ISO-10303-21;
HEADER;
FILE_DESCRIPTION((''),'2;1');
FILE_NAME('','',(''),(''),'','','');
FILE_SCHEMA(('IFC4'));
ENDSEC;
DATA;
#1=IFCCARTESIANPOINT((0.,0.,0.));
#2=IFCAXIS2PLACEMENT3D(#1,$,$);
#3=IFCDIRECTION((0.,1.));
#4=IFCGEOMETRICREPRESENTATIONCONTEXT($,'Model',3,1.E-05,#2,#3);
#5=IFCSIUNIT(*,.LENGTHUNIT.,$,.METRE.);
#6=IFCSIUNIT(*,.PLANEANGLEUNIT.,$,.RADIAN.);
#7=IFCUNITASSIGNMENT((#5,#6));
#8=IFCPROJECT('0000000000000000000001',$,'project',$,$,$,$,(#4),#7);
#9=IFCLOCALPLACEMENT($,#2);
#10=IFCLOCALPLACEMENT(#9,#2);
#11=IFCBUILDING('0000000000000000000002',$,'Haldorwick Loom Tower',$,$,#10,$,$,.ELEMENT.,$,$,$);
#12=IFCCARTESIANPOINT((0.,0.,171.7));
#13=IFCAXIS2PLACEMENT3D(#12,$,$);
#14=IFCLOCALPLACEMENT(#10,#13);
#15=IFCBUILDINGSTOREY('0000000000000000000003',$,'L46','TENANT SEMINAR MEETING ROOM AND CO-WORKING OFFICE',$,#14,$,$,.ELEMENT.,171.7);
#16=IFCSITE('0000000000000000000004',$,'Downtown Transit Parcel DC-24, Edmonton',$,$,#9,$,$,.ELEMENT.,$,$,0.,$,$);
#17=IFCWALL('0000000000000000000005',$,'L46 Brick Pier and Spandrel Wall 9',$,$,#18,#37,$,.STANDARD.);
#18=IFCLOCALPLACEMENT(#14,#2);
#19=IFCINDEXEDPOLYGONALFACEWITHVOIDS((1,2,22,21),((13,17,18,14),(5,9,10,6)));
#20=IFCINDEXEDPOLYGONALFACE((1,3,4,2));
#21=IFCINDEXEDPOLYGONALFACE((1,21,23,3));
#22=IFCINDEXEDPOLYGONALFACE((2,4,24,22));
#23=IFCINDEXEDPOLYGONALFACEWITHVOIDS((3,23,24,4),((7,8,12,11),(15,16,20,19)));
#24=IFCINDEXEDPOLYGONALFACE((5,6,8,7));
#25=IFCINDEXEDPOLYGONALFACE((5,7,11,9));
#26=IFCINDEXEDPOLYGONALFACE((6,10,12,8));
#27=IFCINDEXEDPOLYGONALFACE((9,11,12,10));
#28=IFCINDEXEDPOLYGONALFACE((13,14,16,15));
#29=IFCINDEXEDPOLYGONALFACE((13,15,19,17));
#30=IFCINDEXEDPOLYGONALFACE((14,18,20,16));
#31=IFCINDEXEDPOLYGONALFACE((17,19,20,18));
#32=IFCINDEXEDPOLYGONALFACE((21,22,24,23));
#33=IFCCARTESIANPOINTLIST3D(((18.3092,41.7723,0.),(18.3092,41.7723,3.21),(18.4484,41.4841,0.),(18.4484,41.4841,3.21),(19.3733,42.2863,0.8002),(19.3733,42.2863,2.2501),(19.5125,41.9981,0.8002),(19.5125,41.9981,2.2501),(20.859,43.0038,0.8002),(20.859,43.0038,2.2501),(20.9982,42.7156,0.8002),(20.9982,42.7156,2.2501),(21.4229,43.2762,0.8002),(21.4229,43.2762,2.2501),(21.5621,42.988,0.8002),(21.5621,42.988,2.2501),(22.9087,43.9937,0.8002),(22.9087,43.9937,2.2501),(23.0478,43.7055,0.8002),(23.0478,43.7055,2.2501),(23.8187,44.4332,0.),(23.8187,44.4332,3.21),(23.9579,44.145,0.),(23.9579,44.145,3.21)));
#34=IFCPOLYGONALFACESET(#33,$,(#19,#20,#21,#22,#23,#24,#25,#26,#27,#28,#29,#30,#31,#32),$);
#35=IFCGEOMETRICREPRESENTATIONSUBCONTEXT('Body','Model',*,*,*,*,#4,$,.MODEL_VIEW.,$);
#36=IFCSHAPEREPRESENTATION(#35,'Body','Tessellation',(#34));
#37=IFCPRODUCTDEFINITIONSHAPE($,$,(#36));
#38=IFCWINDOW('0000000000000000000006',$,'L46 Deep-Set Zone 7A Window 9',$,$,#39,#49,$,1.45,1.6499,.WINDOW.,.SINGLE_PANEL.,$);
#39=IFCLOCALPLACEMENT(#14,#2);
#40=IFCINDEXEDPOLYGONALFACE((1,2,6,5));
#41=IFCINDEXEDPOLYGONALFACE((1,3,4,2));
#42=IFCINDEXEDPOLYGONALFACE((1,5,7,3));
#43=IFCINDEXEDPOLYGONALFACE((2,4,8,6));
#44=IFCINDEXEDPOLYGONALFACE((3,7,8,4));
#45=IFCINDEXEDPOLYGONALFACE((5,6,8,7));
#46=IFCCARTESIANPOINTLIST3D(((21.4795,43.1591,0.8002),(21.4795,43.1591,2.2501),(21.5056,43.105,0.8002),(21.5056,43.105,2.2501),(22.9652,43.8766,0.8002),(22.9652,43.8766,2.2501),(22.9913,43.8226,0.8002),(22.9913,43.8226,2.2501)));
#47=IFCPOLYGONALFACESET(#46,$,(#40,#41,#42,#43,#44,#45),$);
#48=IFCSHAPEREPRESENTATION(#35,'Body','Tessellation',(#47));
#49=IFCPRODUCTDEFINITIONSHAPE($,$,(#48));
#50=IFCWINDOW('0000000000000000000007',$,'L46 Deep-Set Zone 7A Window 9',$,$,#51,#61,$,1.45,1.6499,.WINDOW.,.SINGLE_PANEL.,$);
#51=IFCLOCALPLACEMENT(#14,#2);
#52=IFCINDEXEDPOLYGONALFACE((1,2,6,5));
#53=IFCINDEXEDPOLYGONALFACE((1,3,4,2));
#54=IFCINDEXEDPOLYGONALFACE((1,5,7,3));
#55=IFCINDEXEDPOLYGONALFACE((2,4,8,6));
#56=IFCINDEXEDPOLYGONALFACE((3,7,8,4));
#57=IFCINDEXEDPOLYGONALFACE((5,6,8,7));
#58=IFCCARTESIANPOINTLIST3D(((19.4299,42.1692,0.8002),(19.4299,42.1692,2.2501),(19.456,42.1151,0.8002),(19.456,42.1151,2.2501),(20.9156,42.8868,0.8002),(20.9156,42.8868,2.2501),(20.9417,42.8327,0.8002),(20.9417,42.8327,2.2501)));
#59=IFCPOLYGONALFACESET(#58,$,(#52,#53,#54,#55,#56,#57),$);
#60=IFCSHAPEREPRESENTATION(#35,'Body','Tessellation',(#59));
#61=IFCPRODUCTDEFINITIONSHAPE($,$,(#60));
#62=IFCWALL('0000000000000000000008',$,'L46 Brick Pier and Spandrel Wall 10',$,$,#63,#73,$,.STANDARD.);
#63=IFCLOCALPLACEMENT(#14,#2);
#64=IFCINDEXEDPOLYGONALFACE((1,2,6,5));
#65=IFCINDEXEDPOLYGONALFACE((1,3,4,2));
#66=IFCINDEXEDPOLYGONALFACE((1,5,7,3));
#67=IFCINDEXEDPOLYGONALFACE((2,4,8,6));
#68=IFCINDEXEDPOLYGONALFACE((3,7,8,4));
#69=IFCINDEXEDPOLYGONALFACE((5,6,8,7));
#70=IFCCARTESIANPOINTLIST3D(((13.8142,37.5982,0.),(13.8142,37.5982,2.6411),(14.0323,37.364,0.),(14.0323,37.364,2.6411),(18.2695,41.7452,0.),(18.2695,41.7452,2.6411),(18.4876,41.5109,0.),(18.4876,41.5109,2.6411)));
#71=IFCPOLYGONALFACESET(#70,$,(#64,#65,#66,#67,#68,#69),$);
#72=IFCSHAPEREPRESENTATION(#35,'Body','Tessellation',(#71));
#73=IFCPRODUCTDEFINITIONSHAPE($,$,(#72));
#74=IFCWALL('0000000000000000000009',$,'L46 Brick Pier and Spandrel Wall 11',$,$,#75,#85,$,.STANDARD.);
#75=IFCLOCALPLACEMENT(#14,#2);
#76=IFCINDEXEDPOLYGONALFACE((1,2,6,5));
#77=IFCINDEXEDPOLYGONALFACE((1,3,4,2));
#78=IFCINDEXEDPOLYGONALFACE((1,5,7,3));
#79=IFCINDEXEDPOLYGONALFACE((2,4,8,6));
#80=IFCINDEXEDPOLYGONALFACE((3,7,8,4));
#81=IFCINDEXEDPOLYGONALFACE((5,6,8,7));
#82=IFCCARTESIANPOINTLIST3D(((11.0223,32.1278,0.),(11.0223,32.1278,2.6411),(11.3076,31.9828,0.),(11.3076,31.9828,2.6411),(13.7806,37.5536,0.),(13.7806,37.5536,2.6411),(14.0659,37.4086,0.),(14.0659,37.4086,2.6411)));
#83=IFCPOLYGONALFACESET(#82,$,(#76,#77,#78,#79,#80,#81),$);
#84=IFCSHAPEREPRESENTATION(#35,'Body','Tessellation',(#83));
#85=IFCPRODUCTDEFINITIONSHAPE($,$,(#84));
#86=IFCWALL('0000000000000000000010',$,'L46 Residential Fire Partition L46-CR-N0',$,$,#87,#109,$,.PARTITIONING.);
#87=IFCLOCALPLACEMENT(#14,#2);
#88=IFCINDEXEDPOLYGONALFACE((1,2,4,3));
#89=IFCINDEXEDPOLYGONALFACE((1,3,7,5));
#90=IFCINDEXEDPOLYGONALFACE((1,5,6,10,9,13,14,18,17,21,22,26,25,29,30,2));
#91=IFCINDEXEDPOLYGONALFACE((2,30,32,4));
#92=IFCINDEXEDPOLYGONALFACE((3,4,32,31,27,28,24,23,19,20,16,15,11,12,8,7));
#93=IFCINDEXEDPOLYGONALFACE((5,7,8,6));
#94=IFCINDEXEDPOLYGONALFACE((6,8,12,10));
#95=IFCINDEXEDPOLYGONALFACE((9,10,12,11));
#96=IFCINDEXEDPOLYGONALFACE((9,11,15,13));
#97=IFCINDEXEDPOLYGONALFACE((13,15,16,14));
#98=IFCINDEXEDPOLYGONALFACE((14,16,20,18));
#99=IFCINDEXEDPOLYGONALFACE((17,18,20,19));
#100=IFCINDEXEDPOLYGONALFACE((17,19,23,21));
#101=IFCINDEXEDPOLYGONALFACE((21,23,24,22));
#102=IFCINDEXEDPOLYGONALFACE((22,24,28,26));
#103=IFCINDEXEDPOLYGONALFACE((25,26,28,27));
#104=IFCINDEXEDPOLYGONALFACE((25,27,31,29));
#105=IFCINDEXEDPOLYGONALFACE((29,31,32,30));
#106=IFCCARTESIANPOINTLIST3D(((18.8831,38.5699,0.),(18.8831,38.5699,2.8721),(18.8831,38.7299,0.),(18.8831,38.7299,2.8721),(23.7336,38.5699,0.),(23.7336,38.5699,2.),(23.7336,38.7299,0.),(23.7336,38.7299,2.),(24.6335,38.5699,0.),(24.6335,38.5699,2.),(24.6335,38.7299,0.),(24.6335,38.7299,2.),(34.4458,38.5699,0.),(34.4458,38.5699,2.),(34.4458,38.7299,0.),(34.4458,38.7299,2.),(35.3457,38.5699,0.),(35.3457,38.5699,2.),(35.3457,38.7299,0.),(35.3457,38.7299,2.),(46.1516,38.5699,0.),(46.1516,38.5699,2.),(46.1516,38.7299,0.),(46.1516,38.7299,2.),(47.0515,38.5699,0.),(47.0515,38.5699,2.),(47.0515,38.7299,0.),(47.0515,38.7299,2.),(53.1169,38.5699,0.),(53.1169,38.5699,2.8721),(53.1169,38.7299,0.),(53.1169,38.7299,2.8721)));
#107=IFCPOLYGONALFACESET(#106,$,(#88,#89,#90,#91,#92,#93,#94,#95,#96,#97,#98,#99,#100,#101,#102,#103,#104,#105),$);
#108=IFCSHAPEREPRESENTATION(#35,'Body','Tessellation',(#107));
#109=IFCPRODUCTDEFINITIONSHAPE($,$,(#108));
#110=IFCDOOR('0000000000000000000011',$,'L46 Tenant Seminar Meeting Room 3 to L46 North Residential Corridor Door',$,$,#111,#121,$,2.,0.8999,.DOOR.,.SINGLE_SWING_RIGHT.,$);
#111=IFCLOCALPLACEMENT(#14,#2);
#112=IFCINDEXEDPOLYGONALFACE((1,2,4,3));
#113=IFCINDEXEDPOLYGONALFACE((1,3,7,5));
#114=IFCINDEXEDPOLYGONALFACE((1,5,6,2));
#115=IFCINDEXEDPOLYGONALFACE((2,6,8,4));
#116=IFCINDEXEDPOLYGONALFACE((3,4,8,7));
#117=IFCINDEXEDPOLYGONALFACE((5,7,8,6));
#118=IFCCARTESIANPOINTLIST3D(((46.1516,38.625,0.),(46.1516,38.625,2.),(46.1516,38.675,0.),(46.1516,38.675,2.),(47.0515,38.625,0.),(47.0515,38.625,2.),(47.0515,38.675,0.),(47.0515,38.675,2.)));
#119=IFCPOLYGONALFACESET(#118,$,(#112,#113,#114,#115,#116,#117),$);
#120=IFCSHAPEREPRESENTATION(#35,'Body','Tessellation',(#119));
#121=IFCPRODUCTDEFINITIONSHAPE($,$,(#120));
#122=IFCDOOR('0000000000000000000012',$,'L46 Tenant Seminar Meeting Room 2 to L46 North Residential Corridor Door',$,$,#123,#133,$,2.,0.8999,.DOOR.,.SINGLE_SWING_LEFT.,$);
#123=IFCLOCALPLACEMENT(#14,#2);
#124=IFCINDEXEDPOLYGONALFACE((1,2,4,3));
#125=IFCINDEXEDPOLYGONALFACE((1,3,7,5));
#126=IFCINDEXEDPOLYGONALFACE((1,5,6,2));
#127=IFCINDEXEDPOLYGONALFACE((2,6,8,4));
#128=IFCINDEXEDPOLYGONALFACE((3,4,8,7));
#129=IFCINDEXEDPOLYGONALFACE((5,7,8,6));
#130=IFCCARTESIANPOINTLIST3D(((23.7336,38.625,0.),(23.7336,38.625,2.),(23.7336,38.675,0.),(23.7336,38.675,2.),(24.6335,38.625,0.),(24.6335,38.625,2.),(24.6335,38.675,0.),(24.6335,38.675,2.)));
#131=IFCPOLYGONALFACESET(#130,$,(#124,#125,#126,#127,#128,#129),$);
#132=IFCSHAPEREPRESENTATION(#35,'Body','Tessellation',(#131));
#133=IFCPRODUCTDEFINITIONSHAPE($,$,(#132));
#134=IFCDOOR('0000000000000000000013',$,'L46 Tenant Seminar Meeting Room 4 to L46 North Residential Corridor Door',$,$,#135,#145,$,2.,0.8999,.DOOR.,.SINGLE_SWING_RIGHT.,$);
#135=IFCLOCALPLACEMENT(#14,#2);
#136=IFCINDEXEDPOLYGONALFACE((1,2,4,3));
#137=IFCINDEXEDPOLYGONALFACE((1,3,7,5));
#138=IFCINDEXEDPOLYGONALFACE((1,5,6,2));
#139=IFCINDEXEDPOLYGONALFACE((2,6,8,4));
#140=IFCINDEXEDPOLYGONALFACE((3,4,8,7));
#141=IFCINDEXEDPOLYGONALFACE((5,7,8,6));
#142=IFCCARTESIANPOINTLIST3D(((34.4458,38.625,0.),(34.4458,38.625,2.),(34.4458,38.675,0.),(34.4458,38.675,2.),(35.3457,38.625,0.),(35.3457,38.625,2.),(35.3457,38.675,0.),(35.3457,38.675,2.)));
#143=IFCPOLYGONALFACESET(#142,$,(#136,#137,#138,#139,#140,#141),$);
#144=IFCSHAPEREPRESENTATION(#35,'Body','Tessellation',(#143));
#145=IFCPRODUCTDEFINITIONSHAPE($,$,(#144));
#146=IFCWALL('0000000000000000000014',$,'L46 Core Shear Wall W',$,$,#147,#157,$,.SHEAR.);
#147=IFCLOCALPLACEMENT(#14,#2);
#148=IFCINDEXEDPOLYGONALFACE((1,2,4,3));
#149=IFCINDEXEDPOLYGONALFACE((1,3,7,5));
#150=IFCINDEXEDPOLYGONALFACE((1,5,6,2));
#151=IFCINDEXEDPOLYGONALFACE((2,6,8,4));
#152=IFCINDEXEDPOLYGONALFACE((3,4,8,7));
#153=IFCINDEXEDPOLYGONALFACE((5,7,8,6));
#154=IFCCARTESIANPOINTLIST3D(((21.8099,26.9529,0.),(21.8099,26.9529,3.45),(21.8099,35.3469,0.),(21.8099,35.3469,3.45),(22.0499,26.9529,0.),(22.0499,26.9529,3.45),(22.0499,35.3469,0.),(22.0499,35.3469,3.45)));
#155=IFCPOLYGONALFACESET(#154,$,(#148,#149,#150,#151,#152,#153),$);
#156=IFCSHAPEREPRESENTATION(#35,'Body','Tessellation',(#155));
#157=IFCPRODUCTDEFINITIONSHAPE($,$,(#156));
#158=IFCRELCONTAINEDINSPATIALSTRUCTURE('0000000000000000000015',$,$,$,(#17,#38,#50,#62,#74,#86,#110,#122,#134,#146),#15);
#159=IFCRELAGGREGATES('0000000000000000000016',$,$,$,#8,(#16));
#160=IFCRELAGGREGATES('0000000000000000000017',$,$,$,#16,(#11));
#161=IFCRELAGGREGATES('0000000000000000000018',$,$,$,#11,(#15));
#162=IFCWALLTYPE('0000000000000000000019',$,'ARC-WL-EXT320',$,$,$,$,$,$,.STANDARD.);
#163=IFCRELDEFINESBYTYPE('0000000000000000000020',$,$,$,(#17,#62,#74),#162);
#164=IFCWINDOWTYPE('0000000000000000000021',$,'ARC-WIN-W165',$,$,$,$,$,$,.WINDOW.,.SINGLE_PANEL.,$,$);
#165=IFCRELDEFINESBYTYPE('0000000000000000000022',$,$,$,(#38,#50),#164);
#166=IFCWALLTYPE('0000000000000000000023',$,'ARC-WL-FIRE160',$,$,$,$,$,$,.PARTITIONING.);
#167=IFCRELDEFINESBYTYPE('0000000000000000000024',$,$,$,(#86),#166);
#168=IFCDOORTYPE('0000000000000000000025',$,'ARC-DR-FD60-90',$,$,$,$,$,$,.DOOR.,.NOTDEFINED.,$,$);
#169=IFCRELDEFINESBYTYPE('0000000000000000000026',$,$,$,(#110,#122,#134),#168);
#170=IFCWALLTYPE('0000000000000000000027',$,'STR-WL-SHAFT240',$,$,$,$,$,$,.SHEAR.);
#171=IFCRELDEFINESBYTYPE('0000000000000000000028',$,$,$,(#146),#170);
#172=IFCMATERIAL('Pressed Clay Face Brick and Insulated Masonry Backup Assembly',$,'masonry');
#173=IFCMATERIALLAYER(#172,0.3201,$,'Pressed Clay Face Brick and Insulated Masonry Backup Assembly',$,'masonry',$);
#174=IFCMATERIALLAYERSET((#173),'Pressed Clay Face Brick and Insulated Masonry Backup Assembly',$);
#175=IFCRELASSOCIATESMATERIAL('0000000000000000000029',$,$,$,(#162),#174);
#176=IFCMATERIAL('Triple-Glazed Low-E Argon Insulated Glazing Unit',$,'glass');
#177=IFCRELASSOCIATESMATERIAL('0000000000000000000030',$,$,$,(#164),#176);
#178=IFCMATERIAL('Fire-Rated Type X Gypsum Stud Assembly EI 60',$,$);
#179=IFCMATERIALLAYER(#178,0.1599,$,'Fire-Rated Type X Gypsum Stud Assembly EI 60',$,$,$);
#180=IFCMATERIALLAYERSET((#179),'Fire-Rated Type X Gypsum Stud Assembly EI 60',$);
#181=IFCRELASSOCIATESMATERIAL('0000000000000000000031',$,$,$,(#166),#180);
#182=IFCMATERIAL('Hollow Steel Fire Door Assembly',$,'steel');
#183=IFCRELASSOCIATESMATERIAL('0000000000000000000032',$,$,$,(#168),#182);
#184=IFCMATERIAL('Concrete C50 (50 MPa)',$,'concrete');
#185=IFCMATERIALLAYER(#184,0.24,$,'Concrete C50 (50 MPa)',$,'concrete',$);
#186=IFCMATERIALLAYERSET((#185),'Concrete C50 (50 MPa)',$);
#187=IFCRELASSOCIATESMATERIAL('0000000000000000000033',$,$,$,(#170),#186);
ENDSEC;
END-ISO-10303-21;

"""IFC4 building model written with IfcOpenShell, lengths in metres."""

from ifc_helpers import new_model, si_unit, direction, frame, frame_2d, origin, place, context, subcontext, project, spatial, rectangle, extrude, material, layer, layer_set, type_object, element, fill, save


model = new_model("IFC4")

# Units and contexts
model_context = context("Model", 3, precision=1e-05, world=origin(), true_north=direction((0.0, 1.0)))
body_context = subcontext(model_context, "Body", "Model", "MODEL_VIEW")
ifc_project = project(units=[si_unit("LENGTHUNIT", "METRE"), si_unit("PLANEANGLEUNIT", "RADIAN")], contexts=[model_context])

# Site, building, storey
site_placement = place(None, origin())
site = spatial("IfcSite", under=ifc_project, at=site_placement, Name="Downtown Transit Parcel DC-24, Edmonton", CompositionType="ELEMENT", RefElevation=0.0)
building_placement = place(site_placement, origin())
building = spatial("IfcBuilding", under=site, at=building_placement, Name="Haldorwick Loom Tower", CompositionType="ELEMENT")
storey_placement = place(building_placement, frame((0.0, 0.0, 171.7)))
storey = spatial("IfcBuildingStorey", under=building, at=storey_placement, Name="L46", Description="TENANT SEMINAR MEETING ROOM AND CO-WORKING OFFICE", CompositionType="ELEMENT", Elevation=171.7)

# Wall, openings, windows
ifc_material_1 = material(Name="Pressed Clay Face Brick and Insulated Masonry Backup Assembly", Category="masonry")
ifc_layer_1 = layer(ifc_material_1, 0.3201, Name="Pressed Clay Face Brick and Insulated Masonry Backup Assembly", Category="masonry")
ifc_layer_set_1 = layer_set([ifc_layer_1], Name="Pressed Clay Face Brick and Insulated Masonry Backup Assembly")
wall_type_1 = type_object("IfcWallType", Name="ARC-WL-EXT320", PredefinedType="STANDARD", material=ifc_layer_set_1)
wall_1_placement = place(storey_placement, frame((23.8882, 44.2891, 0.0), z_axis=(0.0, 0.0, 1.0), x_axis=(-0.90048, -0.434897, 0.0)))
wall_1 = element("IfcWall", 1, at=wall_1_placement, inside=storey, type_object=wall_type_1, Name="L46 Brick Pier and Spandrel Wall 9", PredefinedType="STANDARD", context=body_context, shape_type="SweptSolid", body=[
    extrude(rectangle(XDim=6.1184, YDim=0.3201, at=frame_2d((3.0591, 0.0))), origin(), (0.0, 0.0, 1.0), 3.21),
])
opening_1_placement = place(wall_1_placement, frame((1.0105, 0.0, 0.8)))
opening_1 = element("IfcOpeningElement", 2, at=opening_1_placement, cuts=wall_1, PredefinedType="OPENING", context=body_context, shape_type="SweptSolid", body=[
    extrude(rectangle(XDim=1.6499, YDim=1.45, at=frame_2d((0.825, 0.7251))), frame((0.0, 0.1699, 0.0), z_axis=(0.0, -1.0, 0.0), x_axis=(1.0, 0.0, 0.0)), (0.0, 0.0, 1.0), 0.3401),
])
opening_2_placement = place(wall_1_placement, frame((3.2866, 0.0, 0.8)))
opening_2 = element("IfcOpeningElement", 3, at=opening_2_placement, cuts=wall_1, PredefinedType="OPENING", context=body_context, shape_type="SweptSolid", body=[
    extrude(rectangle(XDim=1.6499, YDim=1.45, at=frame_2d((0.825, 0.7251))), frame((0.0, 0.1699, 0.0), z_axis=(0.0, -1.0, 0.0), x_axis=(1.0, 0.0, 0.0)), (0.0, 0.0, 1.0), 0.3401),
])
ifc_material_2 = material(Name="Triple-Glazed Low-E Argon Insulated Glazing Unit", Category="glass")
window_type = type_object("IfcWindowType", Name="ARC-WIN-W165", PartitioningType="SINGLE_PANEL", PredefinedType="WINDOW", material=ifc_material_2)
window_1_placement = place(opening_1_placement, origin())
window_1 = element("IfcWindow", 4, at=window_1_placement, inside=storey, type_object=window_type, Name="L46 Deep-Set Zone 7A Window 9", OverallHeight=1.45, OverallWidth=1.6499, PartitioningType="SINGLE_PANEL", PredefinedType="WINDOW", context=body_context, shape_type="SweptSolid", body=[
    extrude(rectangle(XDim=1.6499, YDim=1.45, at=frame_2d((0.825, 0.7251))), frame((0.0, 0.03, 0.0), z_axis=(0.0, -1.0, 0.0), x_axis=(1.0, 0.0, 0.0)), (0.0, 0.0, 1.0), 0.0601),
])
fill(opening_1, window_1)
window_2_placement = place(opening_2_placement, origin())
window_2 = element("IfcWindow", 5, at=window_2_placement, inside=storey, type_object=window_type, Name="L46 Deep-Set Zone 7A Window 9", OverallHeight=1.45, OverallWidth=1.6499, PartitioningType="SINGLE_PANEL", PredefinedType="WINDOW", context=body_context, shape_type="SweptSolid", body=[
    extrude(rectangle(XDim=1.6499, YDim=1.45, at=frame_2d((0.825, 0.7251))), frame((0.0, 0.03, 0.0), z_axis=(0.0, -1.0, 0.0), x_axis=(1.0, 0.0, 0.0)), (0.0, 0.0, 1.0), 0.0601),
])
fill(opening_2, window_2)

# Walls
for number, where, z_axis, x_axis, name in (
    (6, (18.3787, 41.6282, 0.0), (0.0, 0.0, 1.0), (-0.731983, -0.681323, 0.0), "L46 Brick Pier and Spandrel Wall 10"),
    (7, (13.9233, 37.4812, 0.0), (0.0, 0.0, 1.0), (-0.453172, -0.891423, 0.0), "L46 Brick Pier and Spandrel Wall 11"),
):
    element("IfcWall", number, at=place(storey_placement, frame(where, z_axis=z_axis, x_axis=x_axis)), inside=storey, type_object=wall_type_1, Name=name, PredefinedType="STANDARD", context=body_context, shape_type="SweptSolid", body=[
        extrude(rectangle(XDim=6.0867, YDim=0.3201, at=frame_2d((3.0435, 0.0))), origin(), (0.0, 0.0, 1.0), 2.6411),
    ])

# Wall, openings, doors
ifc_material_3 = material(Name="Fire-Rated Type X Gypsum Stud Assembly EI 60")
ifc_layer_2 = layer(ifc_material_3, 0.1599, Name="Fire-Rated Type X Gypsum Stud Assembly EI 60")
ifc_layer_set_2 = layer_set([ifc_layer_2], Name="Fire-Rated Type X Gypsum Stud Assembly EI 60")
wall_type_2 = type_object("IfcWallType", Name="ARC-WL-FIRE160", PredefinedType="PARTITIONING", material=ifc_layer_set_2)
wall_2_placement = place(storey_placement, frame((18.8831, 38.6499, 0.0), z_axis=(0.0, 0.0, 1.0), x_axis=(1.0, 0.0, 0.0)))
wall_2 = element("IfcWall", 8, at=wall_2_placement, inside=storey, type_object=wall_type_2, Name="L46 Residential Fire Partition L46-CR-N0", PredefinedType="PARTITIONING", context=body_context, shape_type="SweptSolid", body=[
    extrude(rectangle(XDim=34.2339, YDim=0.1599, at=frame_2d((17.1169, 0.0))), origin(), (0.0, 0.0, 1.0), 2.8721),
])
opening_3_placement = place(wall_2_placement, frame((27.2686, 0.0, 0.0)))
opening_3 = element("IfcOpeningElement", 9, at=opening_3_placement, cuts=wall_2, PredefinedType="OPENING", context=body_context, shape_type="SweptSolid", body=[
    extrude(rectangle(XDim=0.8999, YDim=2.0, at=frame_2d((0.45, 1.0))), frame((0.0, 0.0898, 0.0), z_axis=(0.0, -1.0, 0.0), x_axis=(1.0, 0.0, 0.0)), (0.0, 0.0, 1.0), 0.1799),
])
opening_4_placement = place(wall_2_placement, frame((4.8506, 0.0, 0.0)))
opening_4 = element("IfcOpeningElement", 10, at=opening_4_placement, cuts=wall_2, PredefinedType="OPENING", context=body_context, shape_type="SweptSolid", body=[
    extrude(rectangle(XDim=0.8999, YDim=2.0, at=frame_2d((0.45, 1.0))), frame((0.0, 0.0898, 0.0), z_axis=(0.0, -1.0, 0.0), x_axis=(1.0, 0.0, 0.0)), (0.0, 0.0, 1.0), 0.1799),
])
opening_5_placement = place(wall_2_placement, frame((15.5627, 0.0, 0.0)))
opening_5 = element("IfcOpeningElement", 11, at=opening_5_placement, cuts=wall_2, PredefinedType="OPENING", context=body_context, shape_type="SweptSolid", body=[
    extrude(rectangle(XDim=0.8999, YDim=2.0, at=frame_2d((0.45, 1.0))), frame((0.0, 0.0898, 0.0), z_axis=(0.0, -1.0, 0.0), x_axis=(1.0, 0.0, 0.0)), (0.0, 0.0, 1.0), 0.1799),
])
ifc_material_4 = material(Name="Hollow Steel Fire Door Assembly", Category="steel")
door_type = type_object("IfcDoorType", Name="ARC-DR-FD60-90", OperationType="NOTDEFINED", PredefinedType="DOOR", material=ifc_material_4)
door_1_placement = place(opening_3_placement, frame((0.8999, 0.0, 0.0), z_axis=(0.0, 0.0, 1.0), x_axis=(-1.0, 0.0, 0.0)))
door_1 = element("IfcDoor", 12, at=door_1_placement, inside=storey, type_object=door_type, Name="L46 Tenant Seminar Meeting Room 3 to L46 North Residential Corridor Door", OperationType="SINGLE_SWING_RIGHT", OverallHeight=2.0, OverallWidth=0.8999, PredefinedType="DOOR", context=body_context, shape_type="SweptSolid", body=[
    extrude(rectangle(XDim=0.8999, YDim=2.0, at=frame_2d((0.45, 1.0))), frame((0.0, 0.0249, 0.0), z_axis=(0.0, -1.0, 0.0), x_axis=(1.0, 0.0, 0.0)), (0.0, 0.0, 1.0), 0.05),
])
fill(opening_3, door_1)
door_2_placement = place(opening_4_placement, frame((0.8999, 0.0, 0.0), z_axis=(0.0, 0.0, 1.0), x_axis=(-1.0, 0.0, 0.0)))
door_2 = element("IfcDoor", 13, at=door_2_placement, inside=storey, type_object=door_type, Name="L46 Tenant Seminar Meeting Room 2 to L46 North Residential Corridor Door", OperationType="SINGLE_SWING_LEFT", OverallHeight=2.0, OverallWidth=0.8999, PredefinedType="DOOR", context=body_context, shape_type="SweptSolid", body=[
    extrude(rectangle(XDim=0.8999, YDim=2.0, at=frame_2d((0.45, 1.0))), frame((0.0, 0.0249, 0.0), z_axis=(0.0, -1.0, 0.0), x_axis=(1.0, 0.0, 0.0)), (0.0, 0.0, 1.0), 0.05),
])
fill(opening_4, door_2)
door_3_placement = place(opening_5_placement, frame((0.8999, 0.0, 0.0), z_axis=(0.0, 0.0, 1.0), x_axis=(-1.0, 0.0, 0.0)))
door_3 = element("IfcDoor", 14, at=door_3_placement, inside=storey, type_object=door_type, Name="L46 Tenant Seminar Meeting Room 4 to L46 North Residential Corridor Door", OperationType="SINGLE_SWING_RIGHT", OverallHeight=2.0, OverallWidth=0.8999, PredefinedType="DOOR", context=body_context, shape_type="SweptSolid", body=[
    extrude(rectangle(XDim=0.8999, YDim=2.0, at=frame_2d((0.45, 1.0))), frame((0.0, 0.0249, 0.0), z_axis=(0.0, -1.0, 0.0), x_axis=(1.0, 0.0, 0.0)), (0.0, 0.0, 1.0), 0.05),
])
fill(opening_5, door_3)

# Wall
ifc_material_5 = material(Name="Concrete C50 (50 MPa)", Category="concrete")
ifc_layer_3 = layer(ifc_material_5, 0.24, Name="Concrete C50 (50 MPa)", Category="concrete")
ifc_layer_set_3 = layer_set([ifc_layer_3], Name="Concrete C50 (50 MPa)")
wall_type_3 = type_object("IfcWallType", Name="STR-WL-SHAFT240", PredefinedType="SHEAR", material=ifc_layer_set_3)
wall_3_placement = place(storey_placement, frame((21.9299, 35.3469, 0.0), z_axis=(0.0, 0.0, 1.0), x_axis=(0.0, -1.0, 0.0)))
element("IfcWall", 15, at=wall_3_placement, inside=storey, type_object=wall_type_3, Name="L46 Core Shear Wall W", PredefinedType="SHEAR", context=body_context, shape_type="SweptSolid", body=[
    extrude(rectangle(XDim=8.394, YDim=0.24, at=frame_2d((4.197, 0.0))), origin(), (0.0, 0.0, 1.0), 3.45),
])

save(model, "model.ifc")
